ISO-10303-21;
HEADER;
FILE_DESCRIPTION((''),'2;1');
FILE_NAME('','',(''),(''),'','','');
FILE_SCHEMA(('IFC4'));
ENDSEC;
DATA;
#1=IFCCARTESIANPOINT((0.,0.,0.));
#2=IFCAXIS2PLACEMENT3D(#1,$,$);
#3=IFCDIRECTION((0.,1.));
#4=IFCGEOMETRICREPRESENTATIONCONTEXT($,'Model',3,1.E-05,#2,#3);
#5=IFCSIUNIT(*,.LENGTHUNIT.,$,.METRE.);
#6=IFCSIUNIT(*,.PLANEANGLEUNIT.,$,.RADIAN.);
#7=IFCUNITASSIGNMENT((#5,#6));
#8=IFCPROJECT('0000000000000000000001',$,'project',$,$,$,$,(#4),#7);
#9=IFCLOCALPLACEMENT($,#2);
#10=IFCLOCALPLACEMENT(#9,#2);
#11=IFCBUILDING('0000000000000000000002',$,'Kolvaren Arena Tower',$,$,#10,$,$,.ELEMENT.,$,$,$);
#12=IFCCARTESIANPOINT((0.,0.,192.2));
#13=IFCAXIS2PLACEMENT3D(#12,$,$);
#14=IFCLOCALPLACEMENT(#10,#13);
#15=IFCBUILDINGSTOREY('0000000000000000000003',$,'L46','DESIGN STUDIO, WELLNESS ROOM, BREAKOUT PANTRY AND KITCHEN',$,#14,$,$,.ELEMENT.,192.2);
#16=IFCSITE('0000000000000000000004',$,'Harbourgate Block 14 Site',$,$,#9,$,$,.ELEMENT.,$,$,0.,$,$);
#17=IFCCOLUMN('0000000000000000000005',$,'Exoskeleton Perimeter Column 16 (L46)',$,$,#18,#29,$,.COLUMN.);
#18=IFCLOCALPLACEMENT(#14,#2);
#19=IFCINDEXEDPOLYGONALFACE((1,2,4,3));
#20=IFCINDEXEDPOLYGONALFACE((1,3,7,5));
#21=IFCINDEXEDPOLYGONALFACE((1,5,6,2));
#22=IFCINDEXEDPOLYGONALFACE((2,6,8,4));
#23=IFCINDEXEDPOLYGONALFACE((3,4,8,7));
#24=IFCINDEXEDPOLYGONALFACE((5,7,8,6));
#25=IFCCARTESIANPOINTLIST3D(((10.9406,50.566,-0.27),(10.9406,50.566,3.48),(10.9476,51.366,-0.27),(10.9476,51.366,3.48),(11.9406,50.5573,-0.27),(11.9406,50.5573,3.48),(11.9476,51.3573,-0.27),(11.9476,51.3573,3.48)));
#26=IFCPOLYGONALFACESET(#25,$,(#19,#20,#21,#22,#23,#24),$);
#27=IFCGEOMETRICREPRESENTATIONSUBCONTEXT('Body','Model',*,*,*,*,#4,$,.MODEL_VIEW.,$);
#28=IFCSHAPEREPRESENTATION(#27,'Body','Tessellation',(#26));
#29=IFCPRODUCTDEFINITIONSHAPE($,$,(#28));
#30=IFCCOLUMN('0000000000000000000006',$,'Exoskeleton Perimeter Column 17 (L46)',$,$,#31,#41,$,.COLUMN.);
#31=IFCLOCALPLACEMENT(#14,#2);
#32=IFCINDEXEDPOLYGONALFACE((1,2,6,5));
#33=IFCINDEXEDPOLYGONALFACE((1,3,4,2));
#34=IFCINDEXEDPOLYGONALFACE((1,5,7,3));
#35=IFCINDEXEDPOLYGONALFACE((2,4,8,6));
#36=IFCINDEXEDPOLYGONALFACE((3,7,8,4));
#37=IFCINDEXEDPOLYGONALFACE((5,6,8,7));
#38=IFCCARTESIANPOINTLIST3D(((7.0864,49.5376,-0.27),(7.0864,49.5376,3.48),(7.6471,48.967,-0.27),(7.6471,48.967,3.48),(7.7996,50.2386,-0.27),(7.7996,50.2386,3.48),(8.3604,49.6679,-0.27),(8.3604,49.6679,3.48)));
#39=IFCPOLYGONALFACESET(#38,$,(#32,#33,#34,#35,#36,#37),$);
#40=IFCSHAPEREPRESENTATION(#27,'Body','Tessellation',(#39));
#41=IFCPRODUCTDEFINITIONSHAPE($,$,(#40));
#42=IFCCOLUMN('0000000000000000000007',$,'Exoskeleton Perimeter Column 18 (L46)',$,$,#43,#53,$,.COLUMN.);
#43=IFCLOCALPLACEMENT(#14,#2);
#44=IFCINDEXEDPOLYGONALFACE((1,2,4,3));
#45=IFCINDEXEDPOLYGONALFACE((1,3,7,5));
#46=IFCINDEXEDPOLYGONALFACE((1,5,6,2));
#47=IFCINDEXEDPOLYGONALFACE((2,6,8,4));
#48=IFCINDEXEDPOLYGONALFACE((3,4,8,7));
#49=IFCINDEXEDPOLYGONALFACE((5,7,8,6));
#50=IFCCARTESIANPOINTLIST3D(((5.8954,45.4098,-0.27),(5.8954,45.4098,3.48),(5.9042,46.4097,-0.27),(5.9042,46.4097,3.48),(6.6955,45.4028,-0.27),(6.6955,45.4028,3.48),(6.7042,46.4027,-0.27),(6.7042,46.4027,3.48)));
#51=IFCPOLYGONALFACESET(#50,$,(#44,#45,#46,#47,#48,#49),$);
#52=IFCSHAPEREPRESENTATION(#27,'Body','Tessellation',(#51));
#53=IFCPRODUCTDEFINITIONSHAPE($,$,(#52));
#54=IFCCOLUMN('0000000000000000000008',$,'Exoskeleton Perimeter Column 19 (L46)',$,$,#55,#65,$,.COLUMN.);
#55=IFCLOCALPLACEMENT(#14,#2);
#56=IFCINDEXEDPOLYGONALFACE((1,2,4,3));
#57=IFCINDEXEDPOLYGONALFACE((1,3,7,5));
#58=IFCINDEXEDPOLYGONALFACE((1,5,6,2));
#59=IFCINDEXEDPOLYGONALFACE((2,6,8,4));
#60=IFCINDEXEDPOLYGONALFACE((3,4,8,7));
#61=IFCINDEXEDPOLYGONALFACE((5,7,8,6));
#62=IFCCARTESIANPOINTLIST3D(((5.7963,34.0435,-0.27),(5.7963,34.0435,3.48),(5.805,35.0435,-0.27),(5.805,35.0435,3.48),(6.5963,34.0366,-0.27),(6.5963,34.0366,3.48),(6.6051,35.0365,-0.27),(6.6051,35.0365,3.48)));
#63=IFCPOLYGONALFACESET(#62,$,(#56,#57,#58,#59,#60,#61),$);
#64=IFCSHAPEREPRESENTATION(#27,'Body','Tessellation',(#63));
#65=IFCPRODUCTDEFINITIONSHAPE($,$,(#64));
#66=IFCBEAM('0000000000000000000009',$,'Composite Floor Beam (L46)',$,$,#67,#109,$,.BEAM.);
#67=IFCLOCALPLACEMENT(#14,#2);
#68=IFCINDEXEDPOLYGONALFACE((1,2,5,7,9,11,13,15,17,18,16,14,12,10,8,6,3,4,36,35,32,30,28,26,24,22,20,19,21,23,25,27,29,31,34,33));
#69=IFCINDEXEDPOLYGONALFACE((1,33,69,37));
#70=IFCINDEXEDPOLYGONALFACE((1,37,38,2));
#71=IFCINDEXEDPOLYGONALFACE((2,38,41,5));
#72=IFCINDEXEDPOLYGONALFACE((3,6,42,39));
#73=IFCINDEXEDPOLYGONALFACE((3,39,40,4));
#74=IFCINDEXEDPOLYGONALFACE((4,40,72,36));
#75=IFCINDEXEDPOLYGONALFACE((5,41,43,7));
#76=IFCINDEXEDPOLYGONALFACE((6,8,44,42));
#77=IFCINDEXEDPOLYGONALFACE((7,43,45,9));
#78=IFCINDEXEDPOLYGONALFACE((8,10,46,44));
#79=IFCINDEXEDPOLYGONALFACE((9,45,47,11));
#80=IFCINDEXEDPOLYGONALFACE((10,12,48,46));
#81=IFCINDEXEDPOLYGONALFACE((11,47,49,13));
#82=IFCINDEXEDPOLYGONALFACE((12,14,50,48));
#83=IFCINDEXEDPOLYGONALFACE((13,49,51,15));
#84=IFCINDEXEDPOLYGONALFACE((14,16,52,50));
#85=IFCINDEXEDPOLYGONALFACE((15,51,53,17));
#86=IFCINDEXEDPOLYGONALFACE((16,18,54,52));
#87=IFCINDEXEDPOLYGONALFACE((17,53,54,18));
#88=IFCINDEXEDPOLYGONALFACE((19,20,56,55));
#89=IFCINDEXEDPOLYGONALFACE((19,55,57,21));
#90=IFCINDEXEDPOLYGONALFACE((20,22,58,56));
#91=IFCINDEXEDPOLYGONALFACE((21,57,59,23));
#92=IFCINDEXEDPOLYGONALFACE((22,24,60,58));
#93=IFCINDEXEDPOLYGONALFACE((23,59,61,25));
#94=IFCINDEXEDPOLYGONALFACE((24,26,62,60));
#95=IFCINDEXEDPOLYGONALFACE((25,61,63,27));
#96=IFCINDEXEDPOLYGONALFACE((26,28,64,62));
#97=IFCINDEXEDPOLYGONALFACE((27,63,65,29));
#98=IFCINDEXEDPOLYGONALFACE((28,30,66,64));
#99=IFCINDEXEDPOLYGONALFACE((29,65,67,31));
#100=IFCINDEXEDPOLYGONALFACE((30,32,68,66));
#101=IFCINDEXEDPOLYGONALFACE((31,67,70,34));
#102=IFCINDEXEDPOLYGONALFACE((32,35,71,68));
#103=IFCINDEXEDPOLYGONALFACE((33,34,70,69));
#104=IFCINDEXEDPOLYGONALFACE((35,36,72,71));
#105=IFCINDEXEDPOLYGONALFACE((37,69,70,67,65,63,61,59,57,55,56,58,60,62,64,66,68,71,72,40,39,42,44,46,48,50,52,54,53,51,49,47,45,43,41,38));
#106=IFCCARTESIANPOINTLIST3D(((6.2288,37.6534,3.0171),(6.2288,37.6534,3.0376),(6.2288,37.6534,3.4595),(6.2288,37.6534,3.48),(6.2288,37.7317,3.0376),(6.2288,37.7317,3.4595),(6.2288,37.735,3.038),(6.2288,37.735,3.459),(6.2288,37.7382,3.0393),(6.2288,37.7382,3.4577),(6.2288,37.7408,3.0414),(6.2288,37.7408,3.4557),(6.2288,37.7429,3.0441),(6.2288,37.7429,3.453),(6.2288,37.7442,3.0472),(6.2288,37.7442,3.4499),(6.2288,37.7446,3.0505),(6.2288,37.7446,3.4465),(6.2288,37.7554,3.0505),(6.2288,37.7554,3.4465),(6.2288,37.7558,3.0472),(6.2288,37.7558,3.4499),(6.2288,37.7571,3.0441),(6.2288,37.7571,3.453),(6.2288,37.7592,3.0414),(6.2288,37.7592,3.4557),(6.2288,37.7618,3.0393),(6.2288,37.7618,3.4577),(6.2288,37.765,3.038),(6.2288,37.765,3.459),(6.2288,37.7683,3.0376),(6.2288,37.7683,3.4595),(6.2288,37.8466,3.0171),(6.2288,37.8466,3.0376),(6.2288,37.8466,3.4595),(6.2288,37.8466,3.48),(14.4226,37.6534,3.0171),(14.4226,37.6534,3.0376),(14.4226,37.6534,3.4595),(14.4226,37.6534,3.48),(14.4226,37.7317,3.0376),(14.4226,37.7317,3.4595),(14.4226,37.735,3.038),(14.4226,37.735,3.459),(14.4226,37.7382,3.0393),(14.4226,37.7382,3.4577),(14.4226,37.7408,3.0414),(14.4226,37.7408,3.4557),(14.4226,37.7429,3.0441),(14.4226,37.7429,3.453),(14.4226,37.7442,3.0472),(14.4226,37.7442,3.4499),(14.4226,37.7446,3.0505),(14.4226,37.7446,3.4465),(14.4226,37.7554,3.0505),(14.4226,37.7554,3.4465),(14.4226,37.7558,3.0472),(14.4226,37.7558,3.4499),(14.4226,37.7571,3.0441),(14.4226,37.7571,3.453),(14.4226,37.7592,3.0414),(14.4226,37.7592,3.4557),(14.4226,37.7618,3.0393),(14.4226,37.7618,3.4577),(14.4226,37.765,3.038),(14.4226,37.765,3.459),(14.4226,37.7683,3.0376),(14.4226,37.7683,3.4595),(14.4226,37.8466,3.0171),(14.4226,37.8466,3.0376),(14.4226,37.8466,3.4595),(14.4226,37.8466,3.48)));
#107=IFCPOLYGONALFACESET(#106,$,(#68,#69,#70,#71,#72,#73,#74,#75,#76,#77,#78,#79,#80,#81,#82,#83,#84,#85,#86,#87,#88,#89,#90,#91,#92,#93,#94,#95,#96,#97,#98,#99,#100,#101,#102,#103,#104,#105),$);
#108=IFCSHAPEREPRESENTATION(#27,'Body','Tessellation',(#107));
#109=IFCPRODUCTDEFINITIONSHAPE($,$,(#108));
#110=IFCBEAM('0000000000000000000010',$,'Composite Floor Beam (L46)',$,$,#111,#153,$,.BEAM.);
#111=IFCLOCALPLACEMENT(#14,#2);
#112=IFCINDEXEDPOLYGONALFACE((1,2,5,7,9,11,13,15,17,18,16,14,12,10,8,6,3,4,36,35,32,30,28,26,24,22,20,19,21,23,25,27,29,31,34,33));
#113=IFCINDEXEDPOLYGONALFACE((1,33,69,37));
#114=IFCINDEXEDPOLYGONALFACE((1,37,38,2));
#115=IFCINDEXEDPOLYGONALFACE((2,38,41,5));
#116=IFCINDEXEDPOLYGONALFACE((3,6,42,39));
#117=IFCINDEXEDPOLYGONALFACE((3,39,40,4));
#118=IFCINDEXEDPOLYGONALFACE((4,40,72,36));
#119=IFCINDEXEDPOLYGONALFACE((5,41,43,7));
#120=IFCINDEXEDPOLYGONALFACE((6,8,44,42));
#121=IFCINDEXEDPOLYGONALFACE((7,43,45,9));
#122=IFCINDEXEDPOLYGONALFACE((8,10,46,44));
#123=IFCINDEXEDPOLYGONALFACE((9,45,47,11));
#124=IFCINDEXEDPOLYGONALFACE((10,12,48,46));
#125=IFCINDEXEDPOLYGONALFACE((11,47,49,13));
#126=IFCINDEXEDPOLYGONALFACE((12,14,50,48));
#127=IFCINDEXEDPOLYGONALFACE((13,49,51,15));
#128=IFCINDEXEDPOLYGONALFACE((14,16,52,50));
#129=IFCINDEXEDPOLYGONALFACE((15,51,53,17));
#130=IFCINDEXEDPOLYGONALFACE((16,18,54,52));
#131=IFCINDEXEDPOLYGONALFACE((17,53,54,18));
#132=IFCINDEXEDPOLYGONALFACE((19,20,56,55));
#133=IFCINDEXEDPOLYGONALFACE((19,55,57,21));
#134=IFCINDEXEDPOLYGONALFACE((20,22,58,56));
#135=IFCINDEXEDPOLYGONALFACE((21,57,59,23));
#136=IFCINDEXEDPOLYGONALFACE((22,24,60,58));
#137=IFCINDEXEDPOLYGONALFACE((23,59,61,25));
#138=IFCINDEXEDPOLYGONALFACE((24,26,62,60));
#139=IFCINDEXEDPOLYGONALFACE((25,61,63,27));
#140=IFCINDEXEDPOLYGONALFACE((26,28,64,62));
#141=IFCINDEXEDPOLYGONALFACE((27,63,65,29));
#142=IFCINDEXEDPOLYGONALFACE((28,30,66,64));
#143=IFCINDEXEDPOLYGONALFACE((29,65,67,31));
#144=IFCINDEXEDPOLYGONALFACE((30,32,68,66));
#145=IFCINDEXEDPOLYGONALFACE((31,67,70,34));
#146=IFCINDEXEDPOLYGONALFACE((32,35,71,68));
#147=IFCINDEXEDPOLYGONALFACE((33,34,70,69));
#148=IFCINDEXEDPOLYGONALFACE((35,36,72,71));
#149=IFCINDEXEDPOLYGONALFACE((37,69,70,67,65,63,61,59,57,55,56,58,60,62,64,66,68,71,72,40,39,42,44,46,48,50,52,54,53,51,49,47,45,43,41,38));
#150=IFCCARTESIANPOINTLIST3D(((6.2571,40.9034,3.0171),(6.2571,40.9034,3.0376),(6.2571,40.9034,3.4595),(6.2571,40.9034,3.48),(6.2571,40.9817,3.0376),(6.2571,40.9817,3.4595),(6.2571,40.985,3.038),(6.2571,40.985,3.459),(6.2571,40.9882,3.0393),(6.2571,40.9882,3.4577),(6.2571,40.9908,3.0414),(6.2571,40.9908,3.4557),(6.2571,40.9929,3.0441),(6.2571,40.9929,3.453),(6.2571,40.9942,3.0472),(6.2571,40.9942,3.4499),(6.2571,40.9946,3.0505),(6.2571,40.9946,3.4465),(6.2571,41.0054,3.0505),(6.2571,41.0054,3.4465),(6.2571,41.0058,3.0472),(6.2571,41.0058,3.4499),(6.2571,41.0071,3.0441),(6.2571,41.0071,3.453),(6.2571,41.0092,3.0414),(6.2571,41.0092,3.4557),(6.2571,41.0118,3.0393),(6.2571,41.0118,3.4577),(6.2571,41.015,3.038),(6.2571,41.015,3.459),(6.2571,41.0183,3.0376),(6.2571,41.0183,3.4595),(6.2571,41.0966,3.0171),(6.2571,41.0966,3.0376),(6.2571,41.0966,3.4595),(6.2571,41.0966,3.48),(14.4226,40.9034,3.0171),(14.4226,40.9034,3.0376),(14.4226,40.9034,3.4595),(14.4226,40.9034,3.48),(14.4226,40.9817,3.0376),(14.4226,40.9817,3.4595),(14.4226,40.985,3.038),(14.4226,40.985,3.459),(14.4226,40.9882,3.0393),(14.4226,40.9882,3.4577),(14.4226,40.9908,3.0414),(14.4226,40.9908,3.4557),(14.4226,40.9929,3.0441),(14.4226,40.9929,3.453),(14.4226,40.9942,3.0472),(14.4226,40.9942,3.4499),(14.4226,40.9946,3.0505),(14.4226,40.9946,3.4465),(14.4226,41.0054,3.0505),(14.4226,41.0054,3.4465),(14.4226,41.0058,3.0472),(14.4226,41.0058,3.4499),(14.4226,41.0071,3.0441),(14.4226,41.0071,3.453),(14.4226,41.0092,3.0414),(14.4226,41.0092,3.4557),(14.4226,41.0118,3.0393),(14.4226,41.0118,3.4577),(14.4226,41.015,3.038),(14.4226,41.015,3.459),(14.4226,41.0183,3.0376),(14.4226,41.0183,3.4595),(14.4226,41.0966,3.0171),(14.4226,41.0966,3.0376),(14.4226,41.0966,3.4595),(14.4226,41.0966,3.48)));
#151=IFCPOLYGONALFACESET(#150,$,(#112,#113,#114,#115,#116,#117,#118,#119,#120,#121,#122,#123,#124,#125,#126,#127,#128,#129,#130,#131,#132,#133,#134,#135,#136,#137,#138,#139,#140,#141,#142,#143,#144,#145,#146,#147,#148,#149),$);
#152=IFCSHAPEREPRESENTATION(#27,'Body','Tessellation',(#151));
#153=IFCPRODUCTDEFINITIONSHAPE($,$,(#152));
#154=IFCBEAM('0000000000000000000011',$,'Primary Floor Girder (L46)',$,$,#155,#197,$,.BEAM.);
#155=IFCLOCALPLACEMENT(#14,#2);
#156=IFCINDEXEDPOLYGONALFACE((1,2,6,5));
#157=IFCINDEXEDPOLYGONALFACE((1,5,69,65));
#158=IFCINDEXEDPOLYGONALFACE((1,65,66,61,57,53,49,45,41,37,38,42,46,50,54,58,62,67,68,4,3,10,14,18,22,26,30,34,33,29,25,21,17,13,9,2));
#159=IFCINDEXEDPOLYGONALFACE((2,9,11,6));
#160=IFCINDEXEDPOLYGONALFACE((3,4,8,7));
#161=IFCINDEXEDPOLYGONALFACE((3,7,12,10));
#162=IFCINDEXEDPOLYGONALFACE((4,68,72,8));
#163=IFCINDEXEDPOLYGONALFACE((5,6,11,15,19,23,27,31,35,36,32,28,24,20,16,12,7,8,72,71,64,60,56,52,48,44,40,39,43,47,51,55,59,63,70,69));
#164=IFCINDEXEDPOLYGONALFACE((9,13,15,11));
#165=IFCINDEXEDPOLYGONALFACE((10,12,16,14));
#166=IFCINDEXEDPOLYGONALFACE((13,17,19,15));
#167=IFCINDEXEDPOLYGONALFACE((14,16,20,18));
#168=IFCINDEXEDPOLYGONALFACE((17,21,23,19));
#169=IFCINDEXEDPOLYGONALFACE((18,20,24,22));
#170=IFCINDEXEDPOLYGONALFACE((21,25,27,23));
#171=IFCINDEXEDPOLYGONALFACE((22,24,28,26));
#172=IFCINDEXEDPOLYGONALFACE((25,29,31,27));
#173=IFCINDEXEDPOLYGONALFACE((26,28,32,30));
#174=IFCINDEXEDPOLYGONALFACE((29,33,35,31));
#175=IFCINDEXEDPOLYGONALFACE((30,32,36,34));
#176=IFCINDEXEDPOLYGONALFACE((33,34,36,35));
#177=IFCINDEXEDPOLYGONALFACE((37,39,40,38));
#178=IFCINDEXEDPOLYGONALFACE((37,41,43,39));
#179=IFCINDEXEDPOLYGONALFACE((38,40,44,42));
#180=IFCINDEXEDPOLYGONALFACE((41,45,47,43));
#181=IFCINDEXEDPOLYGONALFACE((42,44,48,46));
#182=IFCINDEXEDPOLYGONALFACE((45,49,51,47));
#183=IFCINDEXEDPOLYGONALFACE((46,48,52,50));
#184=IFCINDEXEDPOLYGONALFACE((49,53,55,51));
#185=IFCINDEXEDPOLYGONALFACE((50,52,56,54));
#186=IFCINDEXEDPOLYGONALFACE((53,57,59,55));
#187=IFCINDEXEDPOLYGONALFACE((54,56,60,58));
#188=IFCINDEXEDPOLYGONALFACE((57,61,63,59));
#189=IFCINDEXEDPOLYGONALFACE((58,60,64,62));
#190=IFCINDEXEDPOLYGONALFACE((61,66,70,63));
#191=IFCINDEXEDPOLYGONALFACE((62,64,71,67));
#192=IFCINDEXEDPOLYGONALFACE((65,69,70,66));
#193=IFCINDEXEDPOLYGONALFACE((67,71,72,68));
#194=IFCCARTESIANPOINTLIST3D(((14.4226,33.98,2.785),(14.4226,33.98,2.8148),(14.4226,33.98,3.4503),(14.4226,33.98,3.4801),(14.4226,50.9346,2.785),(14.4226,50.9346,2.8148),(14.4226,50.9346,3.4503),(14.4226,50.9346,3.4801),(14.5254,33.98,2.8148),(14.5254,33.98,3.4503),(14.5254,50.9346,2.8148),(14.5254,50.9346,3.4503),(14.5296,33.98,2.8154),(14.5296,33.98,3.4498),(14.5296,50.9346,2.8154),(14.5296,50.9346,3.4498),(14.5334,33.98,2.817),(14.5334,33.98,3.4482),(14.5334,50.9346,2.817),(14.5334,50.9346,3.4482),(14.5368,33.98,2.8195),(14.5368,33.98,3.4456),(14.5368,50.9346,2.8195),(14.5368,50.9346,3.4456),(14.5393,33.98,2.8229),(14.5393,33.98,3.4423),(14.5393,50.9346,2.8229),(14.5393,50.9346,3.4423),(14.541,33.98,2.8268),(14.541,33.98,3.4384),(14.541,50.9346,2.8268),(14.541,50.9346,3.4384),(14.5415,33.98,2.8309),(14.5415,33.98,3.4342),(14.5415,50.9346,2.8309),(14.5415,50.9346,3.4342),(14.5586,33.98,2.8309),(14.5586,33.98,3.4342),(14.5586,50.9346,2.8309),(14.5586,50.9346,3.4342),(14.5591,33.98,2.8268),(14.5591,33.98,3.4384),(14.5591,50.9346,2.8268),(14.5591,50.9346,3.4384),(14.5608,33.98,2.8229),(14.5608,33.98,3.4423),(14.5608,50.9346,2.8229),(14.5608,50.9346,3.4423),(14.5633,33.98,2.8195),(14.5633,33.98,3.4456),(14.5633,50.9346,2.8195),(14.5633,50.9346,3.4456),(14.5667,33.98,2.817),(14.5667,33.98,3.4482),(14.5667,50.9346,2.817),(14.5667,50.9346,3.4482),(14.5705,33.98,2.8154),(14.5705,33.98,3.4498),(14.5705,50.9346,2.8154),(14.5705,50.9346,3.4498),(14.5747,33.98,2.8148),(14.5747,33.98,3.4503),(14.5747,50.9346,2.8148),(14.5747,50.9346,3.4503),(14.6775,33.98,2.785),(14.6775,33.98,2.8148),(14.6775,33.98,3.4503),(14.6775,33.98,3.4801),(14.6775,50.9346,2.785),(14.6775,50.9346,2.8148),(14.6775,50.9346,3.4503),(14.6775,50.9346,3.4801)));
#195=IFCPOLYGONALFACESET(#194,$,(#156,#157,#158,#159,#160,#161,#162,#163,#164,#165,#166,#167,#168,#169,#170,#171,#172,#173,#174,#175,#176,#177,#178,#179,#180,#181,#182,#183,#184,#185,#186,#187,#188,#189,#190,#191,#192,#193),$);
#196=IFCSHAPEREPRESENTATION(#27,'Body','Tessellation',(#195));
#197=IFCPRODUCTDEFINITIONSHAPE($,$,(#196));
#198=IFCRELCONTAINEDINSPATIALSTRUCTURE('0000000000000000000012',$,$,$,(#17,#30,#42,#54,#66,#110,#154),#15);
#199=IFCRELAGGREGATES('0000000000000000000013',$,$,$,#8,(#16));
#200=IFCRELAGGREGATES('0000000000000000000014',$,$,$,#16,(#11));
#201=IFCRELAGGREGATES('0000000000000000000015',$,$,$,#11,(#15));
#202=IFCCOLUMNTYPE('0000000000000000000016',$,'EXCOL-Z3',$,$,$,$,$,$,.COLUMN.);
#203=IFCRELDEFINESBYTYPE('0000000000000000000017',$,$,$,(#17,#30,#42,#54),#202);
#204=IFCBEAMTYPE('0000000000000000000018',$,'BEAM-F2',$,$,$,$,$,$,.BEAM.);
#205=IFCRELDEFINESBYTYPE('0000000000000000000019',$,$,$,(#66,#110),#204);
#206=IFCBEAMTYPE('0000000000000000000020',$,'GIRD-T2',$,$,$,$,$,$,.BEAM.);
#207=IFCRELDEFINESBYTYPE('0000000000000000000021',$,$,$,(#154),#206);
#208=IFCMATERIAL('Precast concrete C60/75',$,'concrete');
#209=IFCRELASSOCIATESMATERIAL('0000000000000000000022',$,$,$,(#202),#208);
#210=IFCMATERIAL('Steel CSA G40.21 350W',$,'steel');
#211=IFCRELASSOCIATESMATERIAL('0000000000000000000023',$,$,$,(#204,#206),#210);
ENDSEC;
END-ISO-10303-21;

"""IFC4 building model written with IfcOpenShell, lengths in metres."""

from ifc_helpers import new_model, si_unit, direction, frame, origin, origin_2d, place, context, subcontext, project, spatial, rectangle, i_section, extrude, material, material_profile, profile_set, type_object, element, save


model = new_model("IFC4")

# Units and contexts
model_context = context("Model", 3, precision=1e-05, world=origin(), true_north=direction((0.0, 1.0)))
body_context = subcontext(model_context, "Body", "Model", "MODEL_VIEW")
ifc_project = project(units=[si_unit("LENGTHUNIT", "METRE"), si_unit("PLANEANGLEUNIT", "RADIAN")], contexts=[model_context])

# Site, building, storey
site_placement = place(None, origin())
site = spatial("IfcSite", under=ifc_project, at=site_placement, Name="Harbourgate Block 14 Site", CompositionType="ELEMENT", RefElevation=0.0)
building_placement = place(site_placement, origin())
building = spatial("IfcBuilding", under=site, at=building_placement, Name="Kolvaren Arena Tower", CompositionType="ELEMENT")
storey_placement = place(building_placement, frame((0.0, 0.0, 192.2)))
storey = spatial("IfcBuildingStorey", under=building, at=storey_placement, Name="L46", Description="DESIGN STUDIO, WELLNESS ROOM, BREAKOUT PANTRY AND KITCHEN", CompositionType="ELEMENT", Elevation=192.2)

# Columns
ifc_material_1 = material(Name="Precast concrete C60/75", Category="concrete")
ifc_material_profile_1 = material_profile(ifc_material_1, rectangle(XDim=1.0, YDim=0.8, at=origin_2d()), Name="RC-1000x800")
ifc_profile_set_1 = profile_set([ifc_material_profile_1], Name="Precast concrete C60/75")
column_type = type_object("IfcColumnType", Name="EXCOL-Z3", PredefinedType="COLUMN", material=ifc_profile_set_1)
for number, where, z_axis, x_axis, name in (
    (1, (11.4441, 50.9617, -0.27), (0.0, 0.0, 1.0), (0.999962, -0.008727, 0.0), "Exoskeleton Perimeter Column 16 (L46)"),
    (2, (7.7234, 49.6028, -0.27), (0.0, 0.0, 1.0), (0.71325, 0.700909, 0.0), "Exoskeleton Perimeter Column 17 (L46)"),
    (3, (6.2998, 45.9062, -0.27), (0.0, 0.0, 1.0), (0.008727, 0.999962, 0.0), "Exoskeleton Perimeter Column 18 (L46)"),
    (4, (6.2007, 34.54, -0.27), (0.0, 0.0, 1.0), (0.008727, 0.999962, 0.0), "Exoskeleton Perimeter Column 19 (L46)"),
):
    element("IfcColumn", number, at=place(storey_placement, frame(where, z_axis=z_axis, x_axis=x_axis)), inside=storey, type_object=column_type, Name=name, PredefinedType="COLUMN", context=body_context, shape_type="SweptSolid", body=[
        extrude(rectangle(XDim=1.0, YDim=0.8, at=origin_2d()), origin(), (0.0, 0.0, 1.0), 3.75),
    ])

# Beams
ifc_material_2 = material(Name="Steel CSA G40.21 350W", Category="steel")
ifc_material_profile_2 = material_profile(ifc_material_2, i_section(OverallWidth=0.1931, OverallDepth=0.4629, WebThickness=0.0107, FlangeThickness=0.0205, FilletRadius=0.0129, at=origin_2d()), Name="W460x113")
ifc_profile_set_2 = profile_set([ifc_material_profile_2], Name="Steel CSA G40.21 350W")
beam_type_1 = type_object("IfcBeamType", Name="BEAM-F2", PredefinedType="BEAM", material=ifc_profile_set_2)
beam_1_placement = place(storey_placement, frame((6.2288, 37.75, 3.2485), z_axis=(1.0, 0.0, 0.0), x_axis=(0.0, 1.0, 0.0)))
element("IfcBeam", 5, at=beam_1_placement, inside=storey, type_object=beam_type_1, Name="Composite Floor Beam (L46)", PredefinedType="BEAM", context=body_context, shape_type="SweptSolid", body=[
    extrude(i_section(OverallWidth=0.1931, OverallDepth=0.4629, WebThickness=0.0107, FlangeThickness=0.0205, FilletRadius=0.0129, at=origin_2d()), origin(), (0.0, 0.0, 1.0), 8.1938),
])
beam_2_placement = place(storey_placement, frame((6.2571, 41.0, 3.2485), z_axis=(1.0, 0.0, 0.0), x_axis=(0.0, 1.0, 0.0)))
element("IfcBeam", 6, at=beam_2_placement, inside=storey, type_object=beam_type_1, Name="Composite Floor Beam (L46)", PredefinedType="BEAM", context=body_context, shape_type="SweptSolid", body=[
    extrude(i_section(OverallWidth=0.1931, OverallDepth=0.4629, WebThickness=0.0107, FlangeThickness=0.0205, FilletRadius=0.0129, at=origin_2d()), origin(), (0.0, 0.0, 1.0), 8.1655),
])
ifc_material_profile_3 = material_profile(ifc_material_2, i_section(OverallWidth=0.2549, OverallDepth=0.6951, WebThickness=0.0171, FlangeThickness=0.0298, FilletRadius=0.0161, at=origin_2d()), Name="W690x217")
ifc_profile_set_3 = profile_set([ifc_material_profile_3], Name="Steel CSA G40.21 350W")
beam_type_2 = type_object("IfcBeamType", Name="GIRD-T2", PredefinedType="BEAM", material=ifc_profile_set_3)
beam_3_placement = place(storey_placement, frame((14.55, 33.98, 3.1326), z_axis=(0.0, 1.0, 0.0), x_axis=(-1.0, 0.0, 0.0)))
element("IfcBeam", 7, at=beam_3_placement, inside=storey, type_object=beam_type_2, Name="Primary Floor Girder (L46)", PredefinedType="BEAM", context=body_context, shape_type="SweptSolid", body=[
    extrude(i_section(OverallWidth=0.2549, OverallDepth=0.6951, WebThickness=0.0171, FlangeThickness=0.0298, FilletRadius=0.0161, at=origin_2d()), origin(), (0.0, 0.0, 1.0), 16.9546),
])

save(model, "model.ifc")
